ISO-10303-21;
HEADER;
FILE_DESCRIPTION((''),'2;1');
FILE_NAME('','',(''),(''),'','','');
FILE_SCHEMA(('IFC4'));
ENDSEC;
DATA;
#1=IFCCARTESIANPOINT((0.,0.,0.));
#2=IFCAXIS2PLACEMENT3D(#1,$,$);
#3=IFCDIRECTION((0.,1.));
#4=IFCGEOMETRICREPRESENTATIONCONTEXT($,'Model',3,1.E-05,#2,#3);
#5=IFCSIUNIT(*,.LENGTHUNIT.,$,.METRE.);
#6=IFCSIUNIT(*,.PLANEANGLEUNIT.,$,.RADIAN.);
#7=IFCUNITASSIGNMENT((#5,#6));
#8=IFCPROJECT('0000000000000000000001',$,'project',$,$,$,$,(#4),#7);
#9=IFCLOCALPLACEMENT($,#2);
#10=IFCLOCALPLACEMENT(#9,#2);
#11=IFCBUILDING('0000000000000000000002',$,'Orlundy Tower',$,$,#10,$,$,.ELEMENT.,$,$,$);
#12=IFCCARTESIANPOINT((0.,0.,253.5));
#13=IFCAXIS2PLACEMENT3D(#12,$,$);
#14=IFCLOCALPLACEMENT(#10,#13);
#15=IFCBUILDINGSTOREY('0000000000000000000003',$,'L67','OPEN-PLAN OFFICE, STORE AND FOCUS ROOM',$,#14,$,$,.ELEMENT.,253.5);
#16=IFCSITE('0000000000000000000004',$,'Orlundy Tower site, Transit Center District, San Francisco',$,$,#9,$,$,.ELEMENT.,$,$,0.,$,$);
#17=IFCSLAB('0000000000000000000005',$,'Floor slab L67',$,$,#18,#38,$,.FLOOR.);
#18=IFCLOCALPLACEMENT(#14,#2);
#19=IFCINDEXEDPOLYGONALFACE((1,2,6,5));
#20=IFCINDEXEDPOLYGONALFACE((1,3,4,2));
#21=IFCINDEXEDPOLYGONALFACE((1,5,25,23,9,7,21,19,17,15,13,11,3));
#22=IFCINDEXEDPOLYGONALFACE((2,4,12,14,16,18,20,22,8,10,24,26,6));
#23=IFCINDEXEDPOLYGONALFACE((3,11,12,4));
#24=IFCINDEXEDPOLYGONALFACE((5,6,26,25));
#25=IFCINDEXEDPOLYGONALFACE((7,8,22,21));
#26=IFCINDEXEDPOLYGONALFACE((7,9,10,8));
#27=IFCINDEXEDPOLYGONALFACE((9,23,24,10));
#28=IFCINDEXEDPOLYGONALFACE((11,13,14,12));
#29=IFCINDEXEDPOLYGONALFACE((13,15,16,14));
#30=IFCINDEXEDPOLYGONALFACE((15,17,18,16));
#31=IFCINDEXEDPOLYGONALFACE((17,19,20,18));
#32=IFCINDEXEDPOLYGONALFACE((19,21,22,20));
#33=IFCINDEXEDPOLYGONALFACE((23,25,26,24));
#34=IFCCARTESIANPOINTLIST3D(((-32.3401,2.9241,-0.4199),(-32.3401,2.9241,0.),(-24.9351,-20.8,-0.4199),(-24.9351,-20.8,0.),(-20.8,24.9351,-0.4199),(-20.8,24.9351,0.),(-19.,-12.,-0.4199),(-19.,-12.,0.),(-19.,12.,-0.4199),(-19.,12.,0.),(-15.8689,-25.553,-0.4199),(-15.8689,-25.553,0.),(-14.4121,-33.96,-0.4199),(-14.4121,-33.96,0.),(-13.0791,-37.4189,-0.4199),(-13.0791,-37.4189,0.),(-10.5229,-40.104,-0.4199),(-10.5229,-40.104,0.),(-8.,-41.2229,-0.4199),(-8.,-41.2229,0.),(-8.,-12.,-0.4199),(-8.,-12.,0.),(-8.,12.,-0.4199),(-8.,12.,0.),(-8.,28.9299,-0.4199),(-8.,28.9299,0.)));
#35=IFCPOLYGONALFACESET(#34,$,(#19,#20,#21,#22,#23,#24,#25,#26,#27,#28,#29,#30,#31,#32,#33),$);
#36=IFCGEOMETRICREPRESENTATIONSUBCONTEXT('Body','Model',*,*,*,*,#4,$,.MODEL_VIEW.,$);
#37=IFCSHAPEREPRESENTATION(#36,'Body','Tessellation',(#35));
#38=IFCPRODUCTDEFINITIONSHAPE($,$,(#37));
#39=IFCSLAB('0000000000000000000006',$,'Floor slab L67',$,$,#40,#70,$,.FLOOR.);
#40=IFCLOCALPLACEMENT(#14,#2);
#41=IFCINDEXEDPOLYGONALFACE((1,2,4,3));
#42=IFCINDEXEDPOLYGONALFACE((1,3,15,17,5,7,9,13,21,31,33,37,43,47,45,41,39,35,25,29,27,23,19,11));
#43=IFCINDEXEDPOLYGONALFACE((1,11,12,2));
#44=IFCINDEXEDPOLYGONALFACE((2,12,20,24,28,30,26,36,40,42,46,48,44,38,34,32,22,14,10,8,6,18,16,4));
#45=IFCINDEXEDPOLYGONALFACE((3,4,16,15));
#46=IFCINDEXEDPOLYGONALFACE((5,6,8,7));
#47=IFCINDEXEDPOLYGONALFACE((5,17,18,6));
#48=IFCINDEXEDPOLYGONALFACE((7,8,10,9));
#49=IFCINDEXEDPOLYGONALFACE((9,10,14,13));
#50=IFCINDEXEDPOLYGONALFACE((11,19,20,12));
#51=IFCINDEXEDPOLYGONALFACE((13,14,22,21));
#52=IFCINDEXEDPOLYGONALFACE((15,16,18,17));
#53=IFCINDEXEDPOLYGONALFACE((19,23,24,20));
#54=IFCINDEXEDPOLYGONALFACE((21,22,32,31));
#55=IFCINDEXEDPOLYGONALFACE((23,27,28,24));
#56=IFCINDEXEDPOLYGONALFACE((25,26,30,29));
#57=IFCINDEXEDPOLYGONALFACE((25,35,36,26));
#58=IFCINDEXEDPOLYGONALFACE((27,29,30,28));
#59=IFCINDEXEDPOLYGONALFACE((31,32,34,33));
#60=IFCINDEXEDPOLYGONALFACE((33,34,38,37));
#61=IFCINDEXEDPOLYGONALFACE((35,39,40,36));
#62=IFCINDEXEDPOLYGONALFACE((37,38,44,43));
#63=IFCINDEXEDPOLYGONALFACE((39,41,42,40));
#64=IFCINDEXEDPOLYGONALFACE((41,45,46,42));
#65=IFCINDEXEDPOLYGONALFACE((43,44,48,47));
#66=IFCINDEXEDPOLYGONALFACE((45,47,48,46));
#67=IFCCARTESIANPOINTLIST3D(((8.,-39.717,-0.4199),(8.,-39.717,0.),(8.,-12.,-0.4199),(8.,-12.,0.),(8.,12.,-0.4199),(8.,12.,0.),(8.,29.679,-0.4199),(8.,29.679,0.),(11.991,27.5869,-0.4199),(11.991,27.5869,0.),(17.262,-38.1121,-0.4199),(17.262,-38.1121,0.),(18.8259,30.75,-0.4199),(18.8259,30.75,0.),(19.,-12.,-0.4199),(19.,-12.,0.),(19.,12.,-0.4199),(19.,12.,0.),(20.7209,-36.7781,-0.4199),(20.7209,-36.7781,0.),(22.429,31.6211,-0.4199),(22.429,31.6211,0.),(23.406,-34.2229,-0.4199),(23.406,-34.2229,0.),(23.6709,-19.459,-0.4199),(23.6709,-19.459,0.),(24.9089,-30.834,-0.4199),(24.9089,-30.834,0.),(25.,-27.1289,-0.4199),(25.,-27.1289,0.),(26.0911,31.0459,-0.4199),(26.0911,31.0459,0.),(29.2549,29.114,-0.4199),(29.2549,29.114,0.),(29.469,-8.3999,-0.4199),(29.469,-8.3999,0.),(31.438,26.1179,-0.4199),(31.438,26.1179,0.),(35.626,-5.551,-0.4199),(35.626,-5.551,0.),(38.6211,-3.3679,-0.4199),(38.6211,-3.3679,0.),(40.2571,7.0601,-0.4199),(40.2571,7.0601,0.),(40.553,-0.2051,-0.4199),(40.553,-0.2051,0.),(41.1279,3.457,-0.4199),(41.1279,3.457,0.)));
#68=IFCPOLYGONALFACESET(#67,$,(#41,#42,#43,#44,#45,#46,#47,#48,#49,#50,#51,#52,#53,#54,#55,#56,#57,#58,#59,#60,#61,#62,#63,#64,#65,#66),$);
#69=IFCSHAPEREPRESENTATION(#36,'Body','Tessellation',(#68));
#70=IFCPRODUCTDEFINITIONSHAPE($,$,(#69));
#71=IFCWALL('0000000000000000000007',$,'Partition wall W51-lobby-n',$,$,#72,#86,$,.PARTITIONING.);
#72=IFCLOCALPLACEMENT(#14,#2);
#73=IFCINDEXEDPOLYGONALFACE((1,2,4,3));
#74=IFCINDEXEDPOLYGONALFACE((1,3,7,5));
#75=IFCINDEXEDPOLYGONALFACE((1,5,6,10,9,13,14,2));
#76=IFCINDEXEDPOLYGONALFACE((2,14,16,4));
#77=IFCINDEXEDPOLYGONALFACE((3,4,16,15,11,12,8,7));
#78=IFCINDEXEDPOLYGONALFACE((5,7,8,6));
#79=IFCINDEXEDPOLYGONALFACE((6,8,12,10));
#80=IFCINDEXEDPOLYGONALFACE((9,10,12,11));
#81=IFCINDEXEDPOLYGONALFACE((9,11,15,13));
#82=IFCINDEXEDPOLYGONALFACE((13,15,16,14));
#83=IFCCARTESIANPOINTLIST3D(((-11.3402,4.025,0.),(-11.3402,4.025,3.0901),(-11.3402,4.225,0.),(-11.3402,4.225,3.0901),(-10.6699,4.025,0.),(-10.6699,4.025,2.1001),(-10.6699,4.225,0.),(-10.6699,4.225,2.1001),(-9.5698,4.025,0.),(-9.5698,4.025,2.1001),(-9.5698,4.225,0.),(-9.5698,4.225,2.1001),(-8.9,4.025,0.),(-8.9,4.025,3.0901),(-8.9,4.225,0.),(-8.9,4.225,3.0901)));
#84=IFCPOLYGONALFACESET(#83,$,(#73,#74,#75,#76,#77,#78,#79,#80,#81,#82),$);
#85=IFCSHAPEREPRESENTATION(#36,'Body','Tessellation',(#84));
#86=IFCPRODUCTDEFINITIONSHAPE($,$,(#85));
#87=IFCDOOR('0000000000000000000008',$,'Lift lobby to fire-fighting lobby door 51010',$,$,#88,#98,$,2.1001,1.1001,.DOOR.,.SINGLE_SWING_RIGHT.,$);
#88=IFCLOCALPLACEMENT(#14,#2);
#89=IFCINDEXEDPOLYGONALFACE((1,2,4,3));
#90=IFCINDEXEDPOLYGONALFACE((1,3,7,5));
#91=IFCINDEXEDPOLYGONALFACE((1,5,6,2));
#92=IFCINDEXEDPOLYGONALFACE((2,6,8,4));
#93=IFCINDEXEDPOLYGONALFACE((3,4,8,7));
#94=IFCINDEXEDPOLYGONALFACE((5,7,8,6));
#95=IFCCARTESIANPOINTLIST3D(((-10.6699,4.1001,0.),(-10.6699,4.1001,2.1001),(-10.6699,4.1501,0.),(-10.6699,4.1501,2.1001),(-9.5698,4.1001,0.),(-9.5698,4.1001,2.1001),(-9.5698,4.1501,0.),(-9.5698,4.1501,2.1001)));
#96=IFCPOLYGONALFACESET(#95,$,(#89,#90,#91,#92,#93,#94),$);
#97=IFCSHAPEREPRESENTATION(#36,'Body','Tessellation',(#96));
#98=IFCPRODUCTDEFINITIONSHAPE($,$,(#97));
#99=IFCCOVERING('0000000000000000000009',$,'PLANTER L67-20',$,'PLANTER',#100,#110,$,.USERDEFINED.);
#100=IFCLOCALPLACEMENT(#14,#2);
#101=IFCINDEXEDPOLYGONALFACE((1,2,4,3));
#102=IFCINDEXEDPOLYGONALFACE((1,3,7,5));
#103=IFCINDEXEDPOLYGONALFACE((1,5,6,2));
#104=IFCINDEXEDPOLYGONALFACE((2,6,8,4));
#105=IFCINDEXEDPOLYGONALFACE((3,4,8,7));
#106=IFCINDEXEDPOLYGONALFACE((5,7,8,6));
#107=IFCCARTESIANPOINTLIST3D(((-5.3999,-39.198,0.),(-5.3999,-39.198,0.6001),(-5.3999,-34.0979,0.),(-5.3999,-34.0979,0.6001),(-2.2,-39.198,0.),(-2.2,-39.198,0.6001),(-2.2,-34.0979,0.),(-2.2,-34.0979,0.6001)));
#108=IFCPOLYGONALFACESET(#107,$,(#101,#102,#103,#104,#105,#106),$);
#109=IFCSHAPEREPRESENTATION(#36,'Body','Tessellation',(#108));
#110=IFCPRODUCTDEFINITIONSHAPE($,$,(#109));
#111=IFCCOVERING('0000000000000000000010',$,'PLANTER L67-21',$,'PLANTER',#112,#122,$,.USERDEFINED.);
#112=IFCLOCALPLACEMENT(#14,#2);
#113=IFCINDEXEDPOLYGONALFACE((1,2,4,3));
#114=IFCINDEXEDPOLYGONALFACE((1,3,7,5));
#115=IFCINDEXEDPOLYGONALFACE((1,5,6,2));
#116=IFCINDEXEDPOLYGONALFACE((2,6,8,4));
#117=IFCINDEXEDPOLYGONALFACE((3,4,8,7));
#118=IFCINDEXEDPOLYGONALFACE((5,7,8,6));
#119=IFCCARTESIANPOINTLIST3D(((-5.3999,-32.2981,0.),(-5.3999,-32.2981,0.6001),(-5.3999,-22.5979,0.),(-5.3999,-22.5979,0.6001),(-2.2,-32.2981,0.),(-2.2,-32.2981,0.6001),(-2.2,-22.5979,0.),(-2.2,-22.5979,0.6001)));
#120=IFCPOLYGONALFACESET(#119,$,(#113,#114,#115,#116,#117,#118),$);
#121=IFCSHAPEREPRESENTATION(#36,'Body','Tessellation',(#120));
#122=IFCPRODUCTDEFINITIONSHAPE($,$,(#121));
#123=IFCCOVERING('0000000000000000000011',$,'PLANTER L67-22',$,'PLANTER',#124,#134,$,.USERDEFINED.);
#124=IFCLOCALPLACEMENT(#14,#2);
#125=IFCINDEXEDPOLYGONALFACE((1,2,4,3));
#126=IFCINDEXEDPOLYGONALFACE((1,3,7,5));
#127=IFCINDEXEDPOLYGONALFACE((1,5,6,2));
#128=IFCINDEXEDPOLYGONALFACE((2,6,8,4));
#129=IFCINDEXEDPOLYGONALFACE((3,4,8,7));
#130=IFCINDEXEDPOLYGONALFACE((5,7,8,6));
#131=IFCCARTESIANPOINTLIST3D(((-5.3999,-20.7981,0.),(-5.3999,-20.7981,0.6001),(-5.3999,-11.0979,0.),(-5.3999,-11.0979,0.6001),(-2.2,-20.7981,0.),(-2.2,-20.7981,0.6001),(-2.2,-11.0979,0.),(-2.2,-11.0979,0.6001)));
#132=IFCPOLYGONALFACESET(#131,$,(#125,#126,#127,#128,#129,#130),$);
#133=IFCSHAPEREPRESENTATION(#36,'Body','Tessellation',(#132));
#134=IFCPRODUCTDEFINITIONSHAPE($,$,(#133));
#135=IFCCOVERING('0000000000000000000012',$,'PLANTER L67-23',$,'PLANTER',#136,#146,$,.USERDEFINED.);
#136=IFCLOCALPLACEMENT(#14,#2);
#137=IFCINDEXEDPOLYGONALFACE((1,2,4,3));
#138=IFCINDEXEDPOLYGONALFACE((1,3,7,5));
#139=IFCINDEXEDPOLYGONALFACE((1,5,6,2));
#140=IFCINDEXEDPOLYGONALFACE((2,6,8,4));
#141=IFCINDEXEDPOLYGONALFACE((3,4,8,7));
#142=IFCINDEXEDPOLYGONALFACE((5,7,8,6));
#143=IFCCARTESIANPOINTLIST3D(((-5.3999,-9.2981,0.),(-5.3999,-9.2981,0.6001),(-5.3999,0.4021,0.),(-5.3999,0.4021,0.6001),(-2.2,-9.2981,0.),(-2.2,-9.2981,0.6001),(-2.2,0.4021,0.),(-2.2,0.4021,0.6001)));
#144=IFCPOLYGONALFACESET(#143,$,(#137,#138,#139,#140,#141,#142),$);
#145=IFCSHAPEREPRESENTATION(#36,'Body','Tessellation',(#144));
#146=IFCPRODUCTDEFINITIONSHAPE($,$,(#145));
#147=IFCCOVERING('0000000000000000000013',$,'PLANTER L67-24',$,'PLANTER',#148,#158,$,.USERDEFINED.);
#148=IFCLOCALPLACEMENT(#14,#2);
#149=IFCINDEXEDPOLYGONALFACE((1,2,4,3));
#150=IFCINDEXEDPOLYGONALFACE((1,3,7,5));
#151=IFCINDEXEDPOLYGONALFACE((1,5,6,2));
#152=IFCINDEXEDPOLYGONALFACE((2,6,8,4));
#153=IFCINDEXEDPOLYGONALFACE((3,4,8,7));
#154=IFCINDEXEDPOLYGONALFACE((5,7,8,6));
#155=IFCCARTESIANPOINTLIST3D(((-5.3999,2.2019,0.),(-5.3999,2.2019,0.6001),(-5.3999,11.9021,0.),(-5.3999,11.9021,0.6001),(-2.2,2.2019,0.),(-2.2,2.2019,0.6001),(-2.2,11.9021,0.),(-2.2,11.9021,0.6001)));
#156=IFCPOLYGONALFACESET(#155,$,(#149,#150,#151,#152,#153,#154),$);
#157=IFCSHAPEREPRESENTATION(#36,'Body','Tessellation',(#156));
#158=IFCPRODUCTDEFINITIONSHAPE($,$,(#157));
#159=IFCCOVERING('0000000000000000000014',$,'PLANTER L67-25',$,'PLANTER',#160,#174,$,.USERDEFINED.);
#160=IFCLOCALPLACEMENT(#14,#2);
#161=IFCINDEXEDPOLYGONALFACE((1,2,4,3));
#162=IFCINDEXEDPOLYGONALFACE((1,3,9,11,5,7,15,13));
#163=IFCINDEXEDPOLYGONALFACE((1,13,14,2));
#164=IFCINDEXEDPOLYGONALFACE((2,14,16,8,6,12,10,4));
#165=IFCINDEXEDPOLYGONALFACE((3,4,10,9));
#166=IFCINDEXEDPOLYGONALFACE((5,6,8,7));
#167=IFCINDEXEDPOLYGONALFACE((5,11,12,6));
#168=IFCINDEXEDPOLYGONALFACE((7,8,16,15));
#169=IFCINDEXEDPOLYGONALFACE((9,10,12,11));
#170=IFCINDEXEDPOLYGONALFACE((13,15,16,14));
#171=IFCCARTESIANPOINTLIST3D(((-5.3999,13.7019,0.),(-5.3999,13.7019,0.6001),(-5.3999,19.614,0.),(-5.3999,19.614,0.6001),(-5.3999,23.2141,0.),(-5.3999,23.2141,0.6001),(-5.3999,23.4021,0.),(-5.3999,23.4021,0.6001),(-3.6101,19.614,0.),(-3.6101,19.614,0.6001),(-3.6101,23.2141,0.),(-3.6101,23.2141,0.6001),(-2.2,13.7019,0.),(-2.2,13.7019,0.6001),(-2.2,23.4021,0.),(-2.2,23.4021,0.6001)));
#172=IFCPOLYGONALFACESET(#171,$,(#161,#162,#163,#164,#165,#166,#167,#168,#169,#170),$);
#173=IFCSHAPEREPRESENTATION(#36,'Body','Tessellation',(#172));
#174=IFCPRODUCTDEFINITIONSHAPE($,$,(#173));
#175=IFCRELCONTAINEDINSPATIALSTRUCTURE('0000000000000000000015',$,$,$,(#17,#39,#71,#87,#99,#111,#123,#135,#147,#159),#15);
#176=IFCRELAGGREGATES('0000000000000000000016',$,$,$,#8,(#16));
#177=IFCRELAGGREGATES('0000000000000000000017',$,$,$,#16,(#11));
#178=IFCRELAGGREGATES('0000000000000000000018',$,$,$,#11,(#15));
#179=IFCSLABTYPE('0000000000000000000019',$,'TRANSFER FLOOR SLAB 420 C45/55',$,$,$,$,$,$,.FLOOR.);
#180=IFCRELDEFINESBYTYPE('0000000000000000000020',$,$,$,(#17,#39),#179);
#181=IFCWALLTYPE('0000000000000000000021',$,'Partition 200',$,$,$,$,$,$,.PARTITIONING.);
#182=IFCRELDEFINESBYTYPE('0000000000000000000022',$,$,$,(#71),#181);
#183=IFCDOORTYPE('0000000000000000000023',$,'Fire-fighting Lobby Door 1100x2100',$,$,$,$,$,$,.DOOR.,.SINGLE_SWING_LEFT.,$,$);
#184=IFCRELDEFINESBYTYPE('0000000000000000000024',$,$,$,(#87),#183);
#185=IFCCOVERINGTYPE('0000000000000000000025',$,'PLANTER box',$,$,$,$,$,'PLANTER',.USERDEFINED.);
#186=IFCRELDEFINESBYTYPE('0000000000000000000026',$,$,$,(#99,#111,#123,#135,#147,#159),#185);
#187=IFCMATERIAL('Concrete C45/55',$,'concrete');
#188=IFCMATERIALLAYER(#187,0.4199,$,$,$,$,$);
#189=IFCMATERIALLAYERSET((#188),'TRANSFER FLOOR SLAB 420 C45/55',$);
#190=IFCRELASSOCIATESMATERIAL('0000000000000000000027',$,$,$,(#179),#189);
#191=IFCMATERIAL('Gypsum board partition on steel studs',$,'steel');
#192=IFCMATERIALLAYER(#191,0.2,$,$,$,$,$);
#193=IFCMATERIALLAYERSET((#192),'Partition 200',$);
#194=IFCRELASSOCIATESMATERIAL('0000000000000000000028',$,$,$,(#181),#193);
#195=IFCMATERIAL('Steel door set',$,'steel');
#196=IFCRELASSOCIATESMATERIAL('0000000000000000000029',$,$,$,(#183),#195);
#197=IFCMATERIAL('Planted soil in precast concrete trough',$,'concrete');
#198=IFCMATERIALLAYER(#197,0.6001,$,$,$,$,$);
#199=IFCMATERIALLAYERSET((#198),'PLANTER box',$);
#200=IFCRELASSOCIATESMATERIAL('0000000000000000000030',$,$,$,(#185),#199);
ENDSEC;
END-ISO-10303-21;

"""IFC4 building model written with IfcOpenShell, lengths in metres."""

from ifc_helpers import new_model, si_unit, direction, frame, frame_2d, origin, place, context, subcontext, project, spatial, polyline, rectangle, outline, extrude, material, layer, layer_set, type_object, element, fill, save


model = new_model("IFC4")

# Units and contexts
model_context = context("Model", 3, precision=1e-05, world=origin(), true_north=direction((0.0, 1.0)))
body_context = subcontext(model_context, "Body", "Model", "MODEL_VIEW")
ifc_project = project(units=[si_unit("LENGTHUNIT", "METRE"), si_unit("PLANEANGLEUNIT", "RADIAN")], contexts=[model_context])

# Site, building, storey
site_placement = place(None, origin())
site = spatial("IfcSite", under=ifc_project, at=site_placement, Name="Orlundy Tower site, Transit Center District, San Francisco", CompositionType="ELEMENT", RefElevation=0.0)
building_placement = place(site_placement, origin())
building = spatial("IfcBuilding", under=site, at=building_placement, Name="Orlundy Tower", CompositionType="ELEMENT")
storey_placement = place(building_placement, frame((0.0, 0.0, 253.5)))
storey = spatial("IfcBuildingStorey", under=building, at=storey_placement, Name="L67", Description="OPEN-PLAN OFFICE, STORE AND FOCUS ROOM", CompositionType="ELEMENT", Elevation=253.5)

# Slabs
ifc_material_1 = material(Name="Concrete C45/55", Category="concrete")
ifc_layer_1 = layer(ifc_material_1, 0.4199)
ifc_layer_set_1 = layer_set([ifc_layer_1], Name="TRANSFER FLOOR SLAB 420 C45/55")
slab_type_1 = type_object("IfcSlabType", Name="TRANSFER FLOOR SLAB 420 C45/55", PredefinedType="FLOOR", material=ifc_layer_set_1)
slab_1_placement = place(storey_placement, frame((0.0, 0.0, -0.4199)))
element("IfcSlab", 1, at=slab_1_placement, inside=storey, type_object=slab_type_1, Name="Floor slab L67", PredefinedType="FLOOR", context=body_context, shape_type="SweptSolid", body=[
    extrude(outline(polyline([(-24.9351, -20.8), (-32.3401, 2.9241), (-20.8, 24.9351), (-8.0, 28.9299), (-8.0, 12.0), (-19.0, 12.0), (-19.0, -12.0), (-8.0, -12.0), (-8.0, -41.2229), (-10.5229, -40.104), (-13.0791, -37.4189), (-14.4121, -33.96), (-15.8689, -25.553), (-24.9351, -20.8)])), origin(), (0.0, 0.0, 1.0), 0.4199),
])
slab_2_placement = place(storey_placement, frame((0.0, 0.0, -0.4199)))
element("IfcSlab", 2, at=slab_2_placement, inside=storey, type_object=slab_type_1, Name="Floor slab L67", PredefinedType="FLOOR", context=body_context, shape_type="SweptSolid", body=[
    extrude(outline(polyline([(18.8259, 30.75), (22.429, 31.6211), (26.0911, 31.0459), (29.2549, 29.114), (31.438, 26.1179), (40.2571, 7.0601), (41.1279, 3.457), (40.553, -0.2051), (38.6211, -3.3679), (35.626, -5.551), (29.469, -8.3999), (23.6709, -19.459), (25.0, -27.1289), (24.9089, -30.834), (23.406, -34.2229), (20.7209, -36.7781), (17.262, -38.1121), (8.0, -39.717), (8.0, -12.0), (19.0, -12.0), (19.0, 12.0), (8.0, 12.0), (8.0, 29.679), (11.991, 27.5869), (18.8259, 30.75)])), origin(), (0.0, 0.0, 1.0), 0.4199),
])

# Wall, opening, door
ifc_material_2 = material(Name="Gypsum board partition on steel studs", Category="steel")
ifc_layer_2 = layer(ifc_material_2, 0.2)
ifc_layer_set_2 = layer_set([ifc_layer_2], Name="Partition 200")
wall_type = type_object("IfcWallType", Name="Partition 200", PredefinedType="PARTITIONING", material=ifc_layer_set_2)
wall_placement = place(storey_placement, frame((-8.8999, 4.125, 0.0), z_axis=(0.0, 0.0, 1.0), x_axis=(-1.0, 0.0, 0.0)))
wall = element("IfcWall", 3, at=wall_placement, inside=storey, type_object=wall_type, Name="Partition wall W51-lobby-n", PredefinedType="PARTITIONING", context=body_context, shape_type="SweptSolid", body=[
    extrude(rectangle(XDim=2.4402, YDim=0.2, at=frame_2d((1.2202, 0.0))), origin(), (0.0, 0.0, 1.0), 3.0901),
])
opening_placement = place(wall_placement, frame((0.6699, 0.0, 0.0)))
opening = element("IfcOpeningElement", 4, at=opening_placement, cuts=wall, PredefinedType="OPENING", context=body_context, shape_type="SweptSolid", body=[
    extrude(rectangle(XDim=1.1001, YDim=2.1001, at=frame_2d((0.55, 1.05))), frame((0.0, 0.1101, 0.0), z_axis=(0.0, -1.0, 0.0), x_axis=(1.0, 0.0, 0.0)), (0.0, 0.0, 1.0), 0.2202),
])
ifc_material_3 = material(Name="Steel door set", Category="steel")
door_type = type_object("IfcDoorType", Name="Fire-fighting Lobby Door 1100x2100", OperationType="SINGLE_SWING_LEFT", PredefinedType="DOOR", material=ifc_material_3)
door_placement = place(opening_placement, origin())
door = element("IfcDoor", 5, at=door_placement, inside=storey, type_object=door_type, Name="Lift lobby to fire-fighting lobby door 51010", OperationType="SINGLE_SWING_RIGHT", OverallHeight=2.1001, OverallWidth=1.1001, PredefinedType="DOOR", context=body_context, shape_type="SweptSolid", body=[
    extrude(rectangle(XDim=1.1001, YDim=2.1001, at=frame_2d((0.55, 1.05))), frame((0.0, 0.0249, 0.0), z_axis=(0.0, -1.0, 0.0), x_axis=(1.0, 0.0, 0.0)), (0.0, 0.0, 1.0), 0.05),
])
fill(opening, door)

# Coverings
ifc_material_4 = material(Name="Planted soil in precast concrete trough", Category="concrete")
ifc_layer_3 = layer(ifc_material_4, 0.6001)
ifc_layer_set_3 = layer_set([ifc_layer_3], Name="PLANTER box")
covering_type = type_object("IfcCoveringType", Name="PLANTER box", ElementType="PLANTER", PredefinedType="USERDEFINED", material=ifc_layer_set_3)
covering_1_placement = place(storey_placement, origin())
element("IfcCovering", 6, at=covering_1_placement, inside=storey, type_object=covering_type, Name="PLANTER L67-20", ObjectType="PLANTER", PredefinedType="USERDEFINED", context=body_context, shape_type="SweptSolid", body=[
    extrude(outline(polyline([(-5.3999, -39.198), (-5.3999, -34.0979), (-2.2, -34.0979), (-2.2, -39.198), (-5.3999, -39.198)])), origin(), (0.0, 0.0, 1.0), 0.6001),
])
covering_2_placement = place(storey_placement, origin())
element("IfcCovering", 7, at=covering_2_placement, inside=storey, type_object=covering_type, Name="PLANTER L67-21", ObjectType="PLANTER", PredefinedType="USERDEFINED", context=body_context, shape_type="SweptSolid", body=[
    extrude(outline(polyline([(-5.3999, -22.5979), (-2.2, -22.5979), (-2.2, -32.2981), (-5.3999, -32.2981), (-5.3999, -22.5979)])), origin(), (0.0, 0.0, 1.0), 0.6001),
])
covering_3_placement = place(storey_placement, origin())
element("IfcCovering", 8, at=covering_3_placement, inside=storey, type_object=covering_type, Name="PLANTER L67-22", ObjectType="PLANTER", PredefinedType="USERDEFINED", context=body_context, shape_type="SweptSolid", body=[
    extrude(outline(polyline([(-5.3999, -11.0979), (-2.2, -11.0979), (-2.2, -20.7981), (-5.3999, -20.7981), (-5.3999, -11.0979)])), origin(), (0.0, 0.0, 1.0), 0.6001),
])
covering_4_placement = place(storey_placement, origin())
element("IfcCovering", 9, at=covering_4_placement, inside=storey, type_object=covering_type, Name="PLANTER L67-23", ObjectType="PLANTER", PredefinedType="USERDEFINED", context=body_context, shape_type="SweptSolid", body=[
    extrude(outline(polyline([(-5.3999, 0.4021), (-2.2, 0.4021), (-2.2, -9.2981), (-5.3999, -9.2981), (-5.3999, 0.4021)])), origin(), (0.0, 0.0, 1.0), 0.6001),
])
covering_5_placement = place(storey_placement, origin())
element("IfcCovering", 10, at=covering_5_placement, inside=storey, type_object=covering_type, Name="PLANTER L67-24", ObjectType="PLANTER", PredefinedType="USERDEFINED", context=body_context, shape_type="SweptSolid", body=[
    extrude(outline(polyline([(-5.3999, 11.9021), (-2.2, 11.9021), (-2.2, 2.2019), (-5.3999, 2.2019), (-5.3999, 11.9021)])), origin(), (0.0, 0.0, 1.0), 0.6001),
])
covering_6_placement = place(storey_placement, origin())
element("IfcCovering", 11, at=covering_6_placement, inside=storey, type_object=covering_type, Name="PLANTER L67-25", ObjectType="PLANTER", PredefinedType="USERDEFINED", context=body_context, shape_type="SweptSolid", body=[
    extrude(outline(polyline([(-5.3999, 19.614), (-3.6101, 19.614), (-3.6101, 23.2141), (-5.3999, 23.2141), (-5.3999, 23.4021), (-2.2, 23.4021), (-2.2, 13.7019), (-5.3999, 13.7019), (-5.3999, 19.614)])), origin(), (0.0, 0.0, 1.0), 0.6001),
])

save(model, "model.ifc")
